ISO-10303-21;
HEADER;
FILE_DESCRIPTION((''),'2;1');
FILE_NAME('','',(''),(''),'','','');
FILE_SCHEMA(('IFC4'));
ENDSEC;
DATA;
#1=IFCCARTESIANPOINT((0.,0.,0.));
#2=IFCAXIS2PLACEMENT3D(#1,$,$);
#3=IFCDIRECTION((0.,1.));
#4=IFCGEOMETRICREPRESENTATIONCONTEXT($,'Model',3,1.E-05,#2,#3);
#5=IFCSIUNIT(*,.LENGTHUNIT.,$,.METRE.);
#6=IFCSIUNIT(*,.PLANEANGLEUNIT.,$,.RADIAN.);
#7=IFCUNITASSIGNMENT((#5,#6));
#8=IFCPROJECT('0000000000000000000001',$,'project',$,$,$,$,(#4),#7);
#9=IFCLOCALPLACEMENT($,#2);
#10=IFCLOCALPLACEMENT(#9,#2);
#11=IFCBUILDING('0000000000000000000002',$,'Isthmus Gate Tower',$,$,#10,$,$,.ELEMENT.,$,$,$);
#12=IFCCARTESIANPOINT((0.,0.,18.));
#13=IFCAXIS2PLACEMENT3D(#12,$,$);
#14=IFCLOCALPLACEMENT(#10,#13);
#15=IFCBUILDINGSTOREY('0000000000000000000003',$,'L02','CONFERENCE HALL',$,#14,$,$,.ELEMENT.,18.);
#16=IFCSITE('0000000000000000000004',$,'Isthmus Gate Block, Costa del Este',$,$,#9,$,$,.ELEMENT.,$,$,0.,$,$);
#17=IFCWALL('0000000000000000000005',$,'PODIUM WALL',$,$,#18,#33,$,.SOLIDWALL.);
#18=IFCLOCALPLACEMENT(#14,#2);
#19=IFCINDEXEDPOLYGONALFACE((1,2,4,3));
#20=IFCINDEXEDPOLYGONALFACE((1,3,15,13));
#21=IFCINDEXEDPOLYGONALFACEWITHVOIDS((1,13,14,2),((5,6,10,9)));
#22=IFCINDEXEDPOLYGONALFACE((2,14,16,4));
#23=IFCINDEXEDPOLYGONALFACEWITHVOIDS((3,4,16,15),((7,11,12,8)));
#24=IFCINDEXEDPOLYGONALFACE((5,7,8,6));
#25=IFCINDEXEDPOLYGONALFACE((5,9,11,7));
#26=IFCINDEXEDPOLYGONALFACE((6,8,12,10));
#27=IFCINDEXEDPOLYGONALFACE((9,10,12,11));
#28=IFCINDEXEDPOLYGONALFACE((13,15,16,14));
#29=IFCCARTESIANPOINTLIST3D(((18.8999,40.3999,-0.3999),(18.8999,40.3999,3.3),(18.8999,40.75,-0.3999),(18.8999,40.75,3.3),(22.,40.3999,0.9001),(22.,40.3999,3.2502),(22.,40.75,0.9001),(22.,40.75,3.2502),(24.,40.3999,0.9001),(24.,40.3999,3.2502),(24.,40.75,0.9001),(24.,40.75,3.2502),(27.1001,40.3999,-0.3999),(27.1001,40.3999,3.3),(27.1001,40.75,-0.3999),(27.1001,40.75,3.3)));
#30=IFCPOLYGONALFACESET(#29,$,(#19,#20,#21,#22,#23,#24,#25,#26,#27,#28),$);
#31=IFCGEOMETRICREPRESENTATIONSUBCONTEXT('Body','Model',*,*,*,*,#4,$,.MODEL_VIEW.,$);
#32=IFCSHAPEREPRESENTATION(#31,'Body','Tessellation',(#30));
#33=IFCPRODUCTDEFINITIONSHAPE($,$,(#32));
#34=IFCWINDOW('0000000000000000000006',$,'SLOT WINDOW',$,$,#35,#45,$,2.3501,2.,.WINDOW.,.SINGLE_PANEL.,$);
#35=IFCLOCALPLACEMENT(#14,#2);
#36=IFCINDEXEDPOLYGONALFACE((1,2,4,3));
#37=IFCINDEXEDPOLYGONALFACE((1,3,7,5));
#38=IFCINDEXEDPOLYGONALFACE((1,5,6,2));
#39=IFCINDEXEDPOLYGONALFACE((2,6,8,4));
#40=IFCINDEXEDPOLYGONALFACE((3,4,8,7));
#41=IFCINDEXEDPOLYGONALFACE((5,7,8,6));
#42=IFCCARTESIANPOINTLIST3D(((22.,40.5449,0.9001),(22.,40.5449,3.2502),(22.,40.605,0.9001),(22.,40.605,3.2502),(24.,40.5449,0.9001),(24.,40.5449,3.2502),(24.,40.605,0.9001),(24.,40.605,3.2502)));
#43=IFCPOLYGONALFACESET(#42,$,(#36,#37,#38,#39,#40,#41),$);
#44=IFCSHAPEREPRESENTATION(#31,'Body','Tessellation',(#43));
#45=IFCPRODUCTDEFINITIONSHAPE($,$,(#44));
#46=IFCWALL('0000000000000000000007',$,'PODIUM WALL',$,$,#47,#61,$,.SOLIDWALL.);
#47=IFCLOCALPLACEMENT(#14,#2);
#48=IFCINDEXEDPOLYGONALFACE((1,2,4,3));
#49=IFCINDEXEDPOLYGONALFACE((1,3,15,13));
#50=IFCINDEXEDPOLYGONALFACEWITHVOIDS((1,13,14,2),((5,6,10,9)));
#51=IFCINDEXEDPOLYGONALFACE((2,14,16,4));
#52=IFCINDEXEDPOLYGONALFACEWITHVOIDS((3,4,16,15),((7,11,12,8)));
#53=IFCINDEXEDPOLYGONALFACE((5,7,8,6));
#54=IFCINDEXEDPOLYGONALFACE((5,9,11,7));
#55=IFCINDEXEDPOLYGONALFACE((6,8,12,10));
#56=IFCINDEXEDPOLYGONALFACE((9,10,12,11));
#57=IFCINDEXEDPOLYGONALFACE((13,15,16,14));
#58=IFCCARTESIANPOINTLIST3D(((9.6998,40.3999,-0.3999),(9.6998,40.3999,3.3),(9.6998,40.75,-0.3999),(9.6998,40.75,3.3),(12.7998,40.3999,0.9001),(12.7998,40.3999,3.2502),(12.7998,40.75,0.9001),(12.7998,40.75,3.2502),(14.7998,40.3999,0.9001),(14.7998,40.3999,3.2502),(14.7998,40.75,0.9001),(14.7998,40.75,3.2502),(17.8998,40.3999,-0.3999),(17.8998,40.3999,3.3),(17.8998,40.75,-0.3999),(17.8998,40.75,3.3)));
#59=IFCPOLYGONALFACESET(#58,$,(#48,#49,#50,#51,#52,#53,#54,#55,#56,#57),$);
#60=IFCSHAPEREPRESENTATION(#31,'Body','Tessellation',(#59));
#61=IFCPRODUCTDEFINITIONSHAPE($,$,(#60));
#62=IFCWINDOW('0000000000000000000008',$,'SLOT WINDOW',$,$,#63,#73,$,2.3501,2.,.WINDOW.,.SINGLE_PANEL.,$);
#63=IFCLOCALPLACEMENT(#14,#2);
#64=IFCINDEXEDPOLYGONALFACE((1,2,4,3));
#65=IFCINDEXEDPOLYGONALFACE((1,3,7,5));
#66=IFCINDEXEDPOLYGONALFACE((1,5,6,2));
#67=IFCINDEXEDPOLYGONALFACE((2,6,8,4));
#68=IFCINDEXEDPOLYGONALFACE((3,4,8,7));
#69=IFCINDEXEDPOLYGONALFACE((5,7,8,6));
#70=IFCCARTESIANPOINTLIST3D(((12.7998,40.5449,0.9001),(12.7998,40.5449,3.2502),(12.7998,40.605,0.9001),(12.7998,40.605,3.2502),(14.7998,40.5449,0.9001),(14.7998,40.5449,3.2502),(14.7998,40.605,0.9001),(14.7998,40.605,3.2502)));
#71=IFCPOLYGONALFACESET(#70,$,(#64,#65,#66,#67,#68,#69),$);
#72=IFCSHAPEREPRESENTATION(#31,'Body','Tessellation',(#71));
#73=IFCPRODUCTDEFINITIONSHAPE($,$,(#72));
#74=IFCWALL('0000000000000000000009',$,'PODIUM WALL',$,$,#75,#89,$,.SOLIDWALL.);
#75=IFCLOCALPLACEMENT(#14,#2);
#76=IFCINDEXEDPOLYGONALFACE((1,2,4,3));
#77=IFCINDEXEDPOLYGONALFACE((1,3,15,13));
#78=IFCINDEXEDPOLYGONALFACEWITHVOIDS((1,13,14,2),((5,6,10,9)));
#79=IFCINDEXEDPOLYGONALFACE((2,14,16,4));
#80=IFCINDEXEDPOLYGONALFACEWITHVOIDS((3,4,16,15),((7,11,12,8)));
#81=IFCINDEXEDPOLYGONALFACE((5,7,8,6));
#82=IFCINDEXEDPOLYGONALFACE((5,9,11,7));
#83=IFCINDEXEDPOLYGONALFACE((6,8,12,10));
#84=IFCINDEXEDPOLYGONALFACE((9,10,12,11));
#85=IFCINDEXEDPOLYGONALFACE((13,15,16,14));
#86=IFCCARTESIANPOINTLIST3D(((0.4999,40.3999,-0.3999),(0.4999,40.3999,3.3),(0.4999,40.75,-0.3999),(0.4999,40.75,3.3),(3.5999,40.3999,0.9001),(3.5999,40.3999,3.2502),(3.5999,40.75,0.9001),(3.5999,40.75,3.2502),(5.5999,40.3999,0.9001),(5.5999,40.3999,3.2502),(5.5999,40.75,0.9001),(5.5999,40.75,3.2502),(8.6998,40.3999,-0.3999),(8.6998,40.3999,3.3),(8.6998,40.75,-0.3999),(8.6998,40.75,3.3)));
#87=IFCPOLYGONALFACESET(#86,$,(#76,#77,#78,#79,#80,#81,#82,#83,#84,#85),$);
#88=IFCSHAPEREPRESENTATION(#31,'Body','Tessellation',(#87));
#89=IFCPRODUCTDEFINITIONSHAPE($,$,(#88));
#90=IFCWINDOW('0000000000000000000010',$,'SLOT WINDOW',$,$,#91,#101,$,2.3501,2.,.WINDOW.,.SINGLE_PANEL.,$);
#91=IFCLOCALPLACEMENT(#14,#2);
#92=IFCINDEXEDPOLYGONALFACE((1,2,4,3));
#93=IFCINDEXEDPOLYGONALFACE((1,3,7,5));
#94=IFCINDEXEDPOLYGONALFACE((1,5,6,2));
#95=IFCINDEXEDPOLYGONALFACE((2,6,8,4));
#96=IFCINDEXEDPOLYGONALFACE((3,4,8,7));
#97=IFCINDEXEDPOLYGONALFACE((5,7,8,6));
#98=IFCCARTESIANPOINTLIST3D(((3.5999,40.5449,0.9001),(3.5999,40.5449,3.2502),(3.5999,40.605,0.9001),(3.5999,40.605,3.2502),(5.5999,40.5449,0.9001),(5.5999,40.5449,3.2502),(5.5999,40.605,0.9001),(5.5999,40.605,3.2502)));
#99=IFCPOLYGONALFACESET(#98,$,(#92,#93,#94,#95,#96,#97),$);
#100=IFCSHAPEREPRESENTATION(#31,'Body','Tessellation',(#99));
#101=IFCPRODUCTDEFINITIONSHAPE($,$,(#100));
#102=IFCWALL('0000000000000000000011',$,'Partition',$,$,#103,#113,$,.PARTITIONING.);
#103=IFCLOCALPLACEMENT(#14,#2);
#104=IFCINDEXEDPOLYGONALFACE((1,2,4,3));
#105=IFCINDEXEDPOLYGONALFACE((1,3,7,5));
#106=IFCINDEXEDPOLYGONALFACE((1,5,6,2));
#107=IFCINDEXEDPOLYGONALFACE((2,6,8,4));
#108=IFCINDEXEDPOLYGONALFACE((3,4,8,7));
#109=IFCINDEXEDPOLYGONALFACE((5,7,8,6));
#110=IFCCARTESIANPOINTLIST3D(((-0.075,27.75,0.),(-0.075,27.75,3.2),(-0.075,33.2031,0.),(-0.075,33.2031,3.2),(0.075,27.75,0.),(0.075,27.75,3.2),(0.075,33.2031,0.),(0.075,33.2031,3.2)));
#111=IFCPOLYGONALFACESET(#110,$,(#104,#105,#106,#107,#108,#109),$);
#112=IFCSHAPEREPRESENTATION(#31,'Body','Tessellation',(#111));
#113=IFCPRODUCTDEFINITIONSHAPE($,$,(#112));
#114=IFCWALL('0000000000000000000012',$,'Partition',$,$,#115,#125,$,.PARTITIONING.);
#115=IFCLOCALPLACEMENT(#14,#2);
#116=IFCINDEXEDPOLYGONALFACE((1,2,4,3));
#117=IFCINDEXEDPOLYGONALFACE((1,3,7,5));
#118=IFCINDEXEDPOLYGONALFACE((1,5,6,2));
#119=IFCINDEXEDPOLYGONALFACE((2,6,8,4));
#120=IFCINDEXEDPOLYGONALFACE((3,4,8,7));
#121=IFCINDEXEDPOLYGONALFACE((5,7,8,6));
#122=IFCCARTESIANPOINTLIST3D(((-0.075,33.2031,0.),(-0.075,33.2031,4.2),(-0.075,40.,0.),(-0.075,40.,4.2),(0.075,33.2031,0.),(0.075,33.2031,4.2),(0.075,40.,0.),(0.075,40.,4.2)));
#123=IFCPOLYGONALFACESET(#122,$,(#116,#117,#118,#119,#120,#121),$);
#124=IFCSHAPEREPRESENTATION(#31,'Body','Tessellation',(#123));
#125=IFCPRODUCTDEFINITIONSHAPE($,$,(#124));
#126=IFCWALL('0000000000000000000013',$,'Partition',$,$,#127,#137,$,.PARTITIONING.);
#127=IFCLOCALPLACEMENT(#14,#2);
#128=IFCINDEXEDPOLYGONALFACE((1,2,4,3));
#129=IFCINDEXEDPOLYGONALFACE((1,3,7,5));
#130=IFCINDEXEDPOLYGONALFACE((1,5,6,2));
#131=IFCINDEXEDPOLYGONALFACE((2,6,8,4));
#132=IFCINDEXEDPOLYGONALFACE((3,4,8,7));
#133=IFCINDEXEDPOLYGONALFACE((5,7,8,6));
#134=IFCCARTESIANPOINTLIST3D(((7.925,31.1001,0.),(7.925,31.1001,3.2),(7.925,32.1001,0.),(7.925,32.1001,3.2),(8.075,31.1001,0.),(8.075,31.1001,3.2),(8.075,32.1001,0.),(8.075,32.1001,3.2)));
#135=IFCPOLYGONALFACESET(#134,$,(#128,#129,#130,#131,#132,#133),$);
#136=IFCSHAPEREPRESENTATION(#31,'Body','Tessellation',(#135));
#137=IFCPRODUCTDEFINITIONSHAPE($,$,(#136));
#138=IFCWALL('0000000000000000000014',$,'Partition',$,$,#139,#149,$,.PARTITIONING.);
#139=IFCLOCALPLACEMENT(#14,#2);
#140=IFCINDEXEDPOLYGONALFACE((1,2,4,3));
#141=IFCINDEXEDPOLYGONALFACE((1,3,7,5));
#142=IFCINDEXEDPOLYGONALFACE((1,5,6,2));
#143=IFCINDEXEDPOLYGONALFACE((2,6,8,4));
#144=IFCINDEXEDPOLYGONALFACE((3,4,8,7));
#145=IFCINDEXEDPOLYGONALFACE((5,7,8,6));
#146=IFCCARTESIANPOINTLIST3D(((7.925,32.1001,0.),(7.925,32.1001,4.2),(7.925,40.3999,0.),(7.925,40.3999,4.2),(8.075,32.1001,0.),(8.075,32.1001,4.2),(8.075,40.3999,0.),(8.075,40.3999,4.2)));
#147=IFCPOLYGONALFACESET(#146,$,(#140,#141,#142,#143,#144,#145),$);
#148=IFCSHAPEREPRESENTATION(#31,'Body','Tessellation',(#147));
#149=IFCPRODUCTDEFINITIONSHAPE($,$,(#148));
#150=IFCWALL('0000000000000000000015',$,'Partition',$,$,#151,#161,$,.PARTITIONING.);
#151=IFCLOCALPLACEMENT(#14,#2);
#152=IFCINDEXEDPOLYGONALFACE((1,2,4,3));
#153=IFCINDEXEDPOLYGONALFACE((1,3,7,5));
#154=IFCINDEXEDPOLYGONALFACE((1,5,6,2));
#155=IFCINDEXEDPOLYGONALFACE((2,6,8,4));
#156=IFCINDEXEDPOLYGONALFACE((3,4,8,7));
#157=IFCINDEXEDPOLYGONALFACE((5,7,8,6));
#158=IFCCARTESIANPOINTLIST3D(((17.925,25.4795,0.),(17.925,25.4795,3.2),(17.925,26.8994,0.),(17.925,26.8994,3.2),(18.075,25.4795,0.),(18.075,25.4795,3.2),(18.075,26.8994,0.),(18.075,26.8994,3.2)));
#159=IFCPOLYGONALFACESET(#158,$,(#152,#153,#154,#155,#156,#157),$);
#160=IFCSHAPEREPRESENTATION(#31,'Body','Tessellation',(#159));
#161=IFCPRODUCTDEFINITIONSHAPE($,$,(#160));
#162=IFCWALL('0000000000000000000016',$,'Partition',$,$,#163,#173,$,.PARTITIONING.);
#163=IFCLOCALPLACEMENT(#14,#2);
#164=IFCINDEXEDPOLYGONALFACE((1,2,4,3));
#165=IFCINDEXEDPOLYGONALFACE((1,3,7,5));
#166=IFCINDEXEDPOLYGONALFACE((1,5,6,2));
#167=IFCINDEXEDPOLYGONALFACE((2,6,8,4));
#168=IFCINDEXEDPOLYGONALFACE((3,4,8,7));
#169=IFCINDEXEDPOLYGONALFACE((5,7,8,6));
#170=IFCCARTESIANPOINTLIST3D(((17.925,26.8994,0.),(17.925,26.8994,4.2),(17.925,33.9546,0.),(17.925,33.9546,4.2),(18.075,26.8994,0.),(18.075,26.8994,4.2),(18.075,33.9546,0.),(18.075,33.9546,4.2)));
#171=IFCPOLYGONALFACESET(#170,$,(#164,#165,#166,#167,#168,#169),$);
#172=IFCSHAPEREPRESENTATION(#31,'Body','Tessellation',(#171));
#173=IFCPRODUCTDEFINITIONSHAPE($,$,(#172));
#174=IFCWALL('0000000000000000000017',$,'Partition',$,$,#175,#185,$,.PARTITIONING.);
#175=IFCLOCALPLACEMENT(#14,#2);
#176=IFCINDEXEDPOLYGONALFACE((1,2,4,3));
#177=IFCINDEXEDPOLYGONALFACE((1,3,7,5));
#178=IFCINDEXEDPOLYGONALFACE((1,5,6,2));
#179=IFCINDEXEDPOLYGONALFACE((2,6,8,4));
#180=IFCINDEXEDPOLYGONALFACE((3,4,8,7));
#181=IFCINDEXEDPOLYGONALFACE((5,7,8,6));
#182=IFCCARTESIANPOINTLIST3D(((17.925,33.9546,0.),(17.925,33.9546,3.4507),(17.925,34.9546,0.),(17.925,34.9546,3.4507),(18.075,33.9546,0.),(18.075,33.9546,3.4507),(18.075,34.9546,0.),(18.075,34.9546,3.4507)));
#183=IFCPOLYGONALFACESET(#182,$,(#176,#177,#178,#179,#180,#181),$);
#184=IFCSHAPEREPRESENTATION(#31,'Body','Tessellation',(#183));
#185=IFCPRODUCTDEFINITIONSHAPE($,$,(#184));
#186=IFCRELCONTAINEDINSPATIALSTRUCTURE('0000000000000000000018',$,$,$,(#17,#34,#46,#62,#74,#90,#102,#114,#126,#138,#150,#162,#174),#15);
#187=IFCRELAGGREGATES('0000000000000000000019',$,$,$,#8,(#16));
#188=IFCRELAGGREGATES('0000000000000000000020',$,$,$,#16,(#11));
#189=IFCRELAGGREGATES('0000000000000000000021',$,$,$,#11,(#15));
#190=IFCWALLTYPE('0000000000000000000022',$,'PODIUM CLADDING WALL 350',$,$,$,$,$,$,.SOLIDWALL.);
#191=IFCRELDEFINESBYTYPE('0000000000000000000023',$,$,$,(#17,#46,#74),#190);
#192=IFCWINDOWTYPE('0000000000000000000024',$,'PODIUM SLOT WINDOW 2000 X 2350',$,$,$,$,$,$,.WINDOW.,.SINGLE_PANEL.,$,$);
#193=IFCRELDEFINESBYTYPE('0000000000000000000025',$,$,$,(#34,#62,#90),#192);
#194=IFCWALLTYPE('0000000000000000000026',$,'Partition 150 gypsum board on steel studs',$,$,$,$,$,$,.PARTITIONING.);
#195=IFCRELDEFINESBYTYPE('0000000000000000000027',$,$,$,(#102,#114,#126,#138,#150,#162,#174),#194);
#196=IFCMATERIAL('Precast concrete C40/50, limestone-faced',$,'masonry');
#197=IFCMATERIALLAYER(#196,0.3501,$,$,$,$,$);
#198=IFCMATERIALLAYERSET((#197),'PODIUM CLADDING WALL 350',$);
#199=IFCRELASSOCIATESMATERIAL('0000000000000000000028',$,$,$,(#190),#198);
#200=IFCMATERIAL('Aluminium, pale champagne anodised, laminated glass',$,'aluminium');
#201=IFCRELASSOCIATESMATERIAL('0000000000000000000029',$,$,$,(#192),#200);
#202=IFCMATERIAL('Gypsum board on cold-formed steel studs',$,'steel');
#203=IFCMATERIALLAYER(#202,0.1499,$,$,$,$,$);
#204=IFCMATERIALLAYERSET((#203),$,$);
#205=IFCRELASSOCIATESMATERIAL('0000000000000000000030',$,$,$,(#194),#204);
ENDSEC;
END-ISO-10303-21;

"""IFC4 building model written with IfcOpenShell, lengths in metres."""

from ifc_helpers import new_model, si_unit, direction, frame, frame_2d, origin, place, context, subcontext, project, spatial, rectangle, extrude, material, layer, layer_set, type_object, element, fill, save


model = new_model("IFC4")

# Units and contexts
model_context = context("Model", 3, precision=1e-05, world=origin(), true_north=direction((0.0, 1.0)))
body_context = subcontext(model_context, "Body", "Model", "MODEL_VIEW")
ifc_project = project(units=[si_unit("LENGTHUNIT", "METRE"), si_unit("PLANEANGLEUNIT", "RADIAN")], contexts=[model_context])

# Site, building, storey
site_placement = place(None, origin())
site = spatial("IfcSite", under=ifc_project, at=site_placement, Name="Isthmus Gate Block, Costa del Este", CompositionType="ELEMENT", RefElevation=0.0)
building_placement = place(site_placement, origin())
building = spatial("IfcBuilding", under=site, at=building_placement, Name="Isthmus Gate Tower", CompositionType="ELEMENT")
storey_placement = place(building_placement, frame((0.0, 0.0, 18.0)))
storey = spatial("IfcBuildingStorey", under=building, at=storey_placement, Name="L02", Description="CONFERENCE HALL", CompositionType="ELEMENT", Elevation=18.0)

# Walls, openings, windows
ifc_material_1 = material(Name="Precast concrete C40/50, limestone-faced", Category="masonry")
ifc_layer_1 = layer(ifc_material_1, 0.3501)
ifc_layer_set_1 = layer_set([ifc_layer_1], Name="PODIUM CLADDING WALL 350")
wall_type_1 = type_object("IfcWallType", Name="PODIUM CLADDING WALL 350", PredefinedType="SOLIDWALL", material=ifc_layer_set_1)
wall_1_placement = place(storey_placement, frame((27.1001, 40.575, -0.3999), z_axis=(0.0, 0.0, 1.0), x_axis=(-1.0, 0.0, 0.0)))
wall_1 = element("IfcWall", 1, at=wall_1_placement, inside=storey, type_object=wall_type_1, Name="PODIUM WALL", PredefinedType="SOLIDWALL", context=body_context, shape_type="SweptSolid", body=[
    extrude(rectangle(XDim=8.2002, YDim=0.3501, at=frame_2d((4.1001, 0.0))), origin(), (0.0, 0.0, 1.0), 3.7),
])
opening_1_placement = place(wall_1_placement, frame((3.1001, 0.0, 1.3)))
opening_1 = element("IfcOpeningElement", 2, at=opening_1_placement, cuts=wall_1, PredefinedType="OPENING", context=body_context, shape_type="SweptSolid", body=[
    extrude(rectangle(XDim=2.0, YDim=2.3501, at=frame_2d((1.0, 1.175))), frame((0.0, 0.1851, 0.0), z_axis=(0.0, -1.0, 0.0), x_axis=(1.0, 0.0, 0.0)), (0.0, 0.0, 1.0), 0.3701),
])
ifc_material_2 = material(Name="Aluminium, pale champagne anodised, laminated glass", Category="aluminium")
window_type = type_object("IfcWindowType", Name="PODIUM SLOT WINDOW 2000 X 2350", PartitioningType="SINGLE_PANEL", PredefinedType="WINDOW", material=ifc_material_2)
window_1_placement = place(opening_1_placement, origin())
window_1 = element("IfcWindow", 3, at=window_1_placement, inside=storey, type_object=window_type, Name="SLOT WINDOW", OverallHeight=2.3501, OverallWidth=2.0, PartitioningType="SINGLE_PANEL", PredefinedType="WINDOW", context=body_context, shape_type="SweptSolid", body=[
    extrude(rectangle(XDim=2.0, YDim=2.3501, at=frame_2d((1.0, 1.175))), frame((0.0, 0.03, 0.0), z_axis=(0.0, -1.0, 0.0), x_axis=(1.0, 0.0, 0.0)), (0.0, 0.0, 1.0), 0.0601),
])
fill(opening_1, window_1)
wall_2_placement = place(storey_placement, frame((17.8999, 40.575, -0.3999), z_axis=(0.0, 0.0, 1.0), x_axis=(-1.0, 0.0, 0.0)))
wall_2 = element("IfcWall", 4, at=wall_2_placement, inside=storey, type_object=wall_type_1, Name="PODIUM WALL", PredefinedType="SOLIDWALL", context=body_context, shape_type="SweptSolid", body=[
    extrude(rectangle(XDim=8.2, YDim=0.3501, at=frame_2d((4.1001, 0.0))), origin(), (0.0, 0.0, 1.0), 3.7),
])
opening_2_placement = place(wall_2_placement, frame((3.1001, 0.0, 1.3)))
opening_2 = element("IfcOpeningElement", 5, at=opening_2_placement, cuts=wall_2, PredefinedType="OPENING", context=body_context, shape_type="SweptSolid", body=[
    extrude(rectangle(XDim=2.0, YDim=2.3501, at=frame_2d((1.0, 1.175))), frame((0.0, 0.1851, 0.0), z_axis=(0.0, -1.0, 0.0), x_axis=(1.0, 0.0, 0.0)), (0.0, 0.0, 1.0), 0.3701),
])
window_2_placement = place(opening_2_placement, origin())
window_2 = element("IfcWindow", 6, at=window_2_placement, inside=storey, type_object=window_type, Name="SLOT WINDOW", OverallHeight=2.3501, OverallWidth=2.0, PartitioningType="SINGLE_PANEL", PredefinedType="WINDOW", context=body_context, shape_type="SweptSolid", body=[
    extrude(rectangle(XDim=2.0, YDim=2.3501, at=frame_2d((1.0, 1.175))), frame((0.0, 0.03, 0.0), z_axis=(0.0, -1.0, 0.0), x_axis=(1.0, 0.0, 0.0)), (0.0, 0.0, 1.0), 0.0601),
])
fill(opening_2, window_2)
wall_3_placement = place(storey_placement, frame((8.7, 40.575, -0.3999), z_axis=(0.0, 0.0, 1.0), x_axis=(-1.0, 0.0, 0.0)))
wall_3 = element("IfcWall", 7, at=wall_3_placement, inside=storey, type_object=wall_type_1, Name="PODIUM WALL", PredefinedType="SOLIDWALL", context=body_context, shape_type="SweptSolid", body=[
    extrude(rectangle(XDim=8.2, YDim=0.3501, at=frame_2d((4.1001, 0.0))), origin(), (0.0, 0.0, 1.0), 3.7),
])
opening_3_placement = place(wall_3_placement, frame((3.1001, 0.0, 1.3)))
opening_3 = element("IfcOpeningElement", 8, at=opening_3_placement, cuts=wall_3, PredefinedType="OPENING", context=body_context, shape_type="SweptSolid", body=[
    extrude(rectangle(XDim=2.0, YDim=2.3501, at=frame_2d((1.0, 1.175))), frame((0.0, 0.1851, 0.0), z_axis=(0.0, -1.0, 0.0), x_axis=(1.0, 0.0, 0.0)), (0.0, 0.0, 1.0), 0.3701),
])
window_3_placement = place(opening_3_placement, origin())
window_3 = element("IfcWindow", 9, at=window_3_placement, inside=storey, type_object=window_type, Name="SLOT WINDOW", OverallHeight=2.3501, OverallWidth=2.0, PartitioningType="SINGLE_PANEL", PredefinedType="WINDOW", context=body_context, shape_type="SweptSolid", body=[
    extrude(rectangle(XDim=2.0, YDim=2.3501, at=frame_2d((1.0, 1.175))), frame((0.0, 0.03, 0.0), z_axis=(0.0, -1.0, 0.0), x_axis=(1.0, 0.0, 0.0)), (0.0, 0.0, 1.0), 0.0601),
])
fill(opening_3, window_3)

# Walls
ifc_material_3 = material(Name="Gypsum board on cold-formed steel studs", Category="steel")
ifc_layer_2 = layer(ifc_material_3, 0.1499)
ifc_layer_set_2 = layer_set([ifc_layer_2])
wall_type_2 = type_object("IfcWallType", Name="Partition 150 gypsum board on steel studs", PredefinedType="PARTITIONING", material=ifc_layer_set_2)
wall_4_placement = place(storey_placement, frame((0.0, 27.75, 0.0), z_axis=(0.0, 0.0, 1.0), x_axis=(0.0, 1.0, 0.0)))
element("IfcWall", 10, at=wall_4_placement, inside=storey, type_object=wall_type_2, Name="Partition", PredefinedType="PARTITIONING", context=body_context, shape_type="SweptSolid", body=[
    extrude(rectangle(XDim=5.4531, YDim=0.1499, at=frame_2d((2.7266, 0.0))), origin(), (0.0, 0.0, 1.0), 3.2),
])
wall_5_placement = place(storey_placement, frame((0.0, 33.2031, 0.0), z_axis=(0.0, 0.0, 1.0), x_axis=(0.0, 1.0, 0.0)))
element("IfcWall", 11, at=wall_5_placement, inside=storey, type_object=wall_type_2, Name="Partition", PredefinedType="PARTITIONING", context=body_context, shape_type="SweptSolid", body=[
    extrude(rectangle(XDim=6.7969, YDim=0.1499, at=frame_2d((3.3984, 0.0))), origin(), (0.0, 0.0, 1.0), 4.2),
])
wall_6_placement = place(storey_placement, frame((8.0, 31.1001, 0.0), z_axis=(0.0, 0.0, 1.0), x_axis=(0.0, 1.0, 0.0)))
element("IfcWall", 12, at=wall_6_placement, inside=storey, type_object=wall_type_2, Name="Partition", PredefinedType="PARTITIONING", context=body_context, shape_type="SweptSolid", body=[
    extrude(rectangle(XDim=1.0, YDim=0.1499, at=frame_2d((0.5, 0.0))), origin(), (0.0, 0.0, 1.0), 3.2),
])
wall_7_placement = place(storey_placement, frame((8.0, 32.1001, 0.0), z_axis=(0.0, 0.0, 1.0), x_axis=(0.0, 1.0, 0.0)))
element("IfcWall", 13, at=wall_7_placement, inside=storey, type_object=wall_type_2, Name="Partition", PredefinedType="PARTITIONING", context=body_context, shape_type="SweptSolid", body=[
    extrude(rectangle(XDim=8.2998, YDim=0.1499, at=frame_2d((4.1499, 0.0))), origin(), (0.0, 0.0, 1.0), 4.2),
])
wall_8_placement = place(storey_placement, frame((18.0, 25.4795, 0.0), z_axis=(0.0, 0.0, 1.0), x_axis=(0.0, 1.0, 0.0)))
element("IfcWall", 14, at=wall_8_placement, inside=storey, type_object=wall_type_2, Name="Partition", PredefinedType="PARTITIONING", context=body_context, shape_type="SweptSolid", body=[
    extrude(rectangle(XDim=1.4199, YDim=0.1499, at=frame_2d((0.71, 0.0))), origin(), (0.0, 0.0, 1.0), 3.2),
])
wall_9_placement = place(storey_placement, frame((18.0, 26.8994, 0.0), z_axis=(0.0, 0.0, 1.0), x_axis=(0.0, 1.0, 0.0)))
element("IfcWall", 15, at=wall_9_placement, inside=storey, type_object=wall_type_2, Name="Partition", PredefinedType="PARTITIONING", context=body_context, shape_type="SweptSolid", body=[
    extrude(rectangle(XDim=7.0552, YDim=0.1499, at=frame_2d((3.5276, 0.0))), origin(), (0.0, 0.0, 1.0), 4.2),
])
wall_10_placement = place(storey_placement, frame((18.0, 33.9546, 0.0), z_axis=(0.0, 0.0, 1.0), x_axis=(0.0, 1.0, 0.0)))
element("IfcWall", 16, at=wall_10_placement, inside=storey, type_object=wall_type_2, Name="Partition", PredefinedType="PARTITIONING", context=body_context, shape_type="SweptSolid", body=[
    extrude(rectangle(XDim=1.0, YDim=0.1499, at=frame_2d((0.5, 0.0))), origin(), (0.0, 0.0, 1.0), 3.4507),
])

save(model, "model.ifc")
